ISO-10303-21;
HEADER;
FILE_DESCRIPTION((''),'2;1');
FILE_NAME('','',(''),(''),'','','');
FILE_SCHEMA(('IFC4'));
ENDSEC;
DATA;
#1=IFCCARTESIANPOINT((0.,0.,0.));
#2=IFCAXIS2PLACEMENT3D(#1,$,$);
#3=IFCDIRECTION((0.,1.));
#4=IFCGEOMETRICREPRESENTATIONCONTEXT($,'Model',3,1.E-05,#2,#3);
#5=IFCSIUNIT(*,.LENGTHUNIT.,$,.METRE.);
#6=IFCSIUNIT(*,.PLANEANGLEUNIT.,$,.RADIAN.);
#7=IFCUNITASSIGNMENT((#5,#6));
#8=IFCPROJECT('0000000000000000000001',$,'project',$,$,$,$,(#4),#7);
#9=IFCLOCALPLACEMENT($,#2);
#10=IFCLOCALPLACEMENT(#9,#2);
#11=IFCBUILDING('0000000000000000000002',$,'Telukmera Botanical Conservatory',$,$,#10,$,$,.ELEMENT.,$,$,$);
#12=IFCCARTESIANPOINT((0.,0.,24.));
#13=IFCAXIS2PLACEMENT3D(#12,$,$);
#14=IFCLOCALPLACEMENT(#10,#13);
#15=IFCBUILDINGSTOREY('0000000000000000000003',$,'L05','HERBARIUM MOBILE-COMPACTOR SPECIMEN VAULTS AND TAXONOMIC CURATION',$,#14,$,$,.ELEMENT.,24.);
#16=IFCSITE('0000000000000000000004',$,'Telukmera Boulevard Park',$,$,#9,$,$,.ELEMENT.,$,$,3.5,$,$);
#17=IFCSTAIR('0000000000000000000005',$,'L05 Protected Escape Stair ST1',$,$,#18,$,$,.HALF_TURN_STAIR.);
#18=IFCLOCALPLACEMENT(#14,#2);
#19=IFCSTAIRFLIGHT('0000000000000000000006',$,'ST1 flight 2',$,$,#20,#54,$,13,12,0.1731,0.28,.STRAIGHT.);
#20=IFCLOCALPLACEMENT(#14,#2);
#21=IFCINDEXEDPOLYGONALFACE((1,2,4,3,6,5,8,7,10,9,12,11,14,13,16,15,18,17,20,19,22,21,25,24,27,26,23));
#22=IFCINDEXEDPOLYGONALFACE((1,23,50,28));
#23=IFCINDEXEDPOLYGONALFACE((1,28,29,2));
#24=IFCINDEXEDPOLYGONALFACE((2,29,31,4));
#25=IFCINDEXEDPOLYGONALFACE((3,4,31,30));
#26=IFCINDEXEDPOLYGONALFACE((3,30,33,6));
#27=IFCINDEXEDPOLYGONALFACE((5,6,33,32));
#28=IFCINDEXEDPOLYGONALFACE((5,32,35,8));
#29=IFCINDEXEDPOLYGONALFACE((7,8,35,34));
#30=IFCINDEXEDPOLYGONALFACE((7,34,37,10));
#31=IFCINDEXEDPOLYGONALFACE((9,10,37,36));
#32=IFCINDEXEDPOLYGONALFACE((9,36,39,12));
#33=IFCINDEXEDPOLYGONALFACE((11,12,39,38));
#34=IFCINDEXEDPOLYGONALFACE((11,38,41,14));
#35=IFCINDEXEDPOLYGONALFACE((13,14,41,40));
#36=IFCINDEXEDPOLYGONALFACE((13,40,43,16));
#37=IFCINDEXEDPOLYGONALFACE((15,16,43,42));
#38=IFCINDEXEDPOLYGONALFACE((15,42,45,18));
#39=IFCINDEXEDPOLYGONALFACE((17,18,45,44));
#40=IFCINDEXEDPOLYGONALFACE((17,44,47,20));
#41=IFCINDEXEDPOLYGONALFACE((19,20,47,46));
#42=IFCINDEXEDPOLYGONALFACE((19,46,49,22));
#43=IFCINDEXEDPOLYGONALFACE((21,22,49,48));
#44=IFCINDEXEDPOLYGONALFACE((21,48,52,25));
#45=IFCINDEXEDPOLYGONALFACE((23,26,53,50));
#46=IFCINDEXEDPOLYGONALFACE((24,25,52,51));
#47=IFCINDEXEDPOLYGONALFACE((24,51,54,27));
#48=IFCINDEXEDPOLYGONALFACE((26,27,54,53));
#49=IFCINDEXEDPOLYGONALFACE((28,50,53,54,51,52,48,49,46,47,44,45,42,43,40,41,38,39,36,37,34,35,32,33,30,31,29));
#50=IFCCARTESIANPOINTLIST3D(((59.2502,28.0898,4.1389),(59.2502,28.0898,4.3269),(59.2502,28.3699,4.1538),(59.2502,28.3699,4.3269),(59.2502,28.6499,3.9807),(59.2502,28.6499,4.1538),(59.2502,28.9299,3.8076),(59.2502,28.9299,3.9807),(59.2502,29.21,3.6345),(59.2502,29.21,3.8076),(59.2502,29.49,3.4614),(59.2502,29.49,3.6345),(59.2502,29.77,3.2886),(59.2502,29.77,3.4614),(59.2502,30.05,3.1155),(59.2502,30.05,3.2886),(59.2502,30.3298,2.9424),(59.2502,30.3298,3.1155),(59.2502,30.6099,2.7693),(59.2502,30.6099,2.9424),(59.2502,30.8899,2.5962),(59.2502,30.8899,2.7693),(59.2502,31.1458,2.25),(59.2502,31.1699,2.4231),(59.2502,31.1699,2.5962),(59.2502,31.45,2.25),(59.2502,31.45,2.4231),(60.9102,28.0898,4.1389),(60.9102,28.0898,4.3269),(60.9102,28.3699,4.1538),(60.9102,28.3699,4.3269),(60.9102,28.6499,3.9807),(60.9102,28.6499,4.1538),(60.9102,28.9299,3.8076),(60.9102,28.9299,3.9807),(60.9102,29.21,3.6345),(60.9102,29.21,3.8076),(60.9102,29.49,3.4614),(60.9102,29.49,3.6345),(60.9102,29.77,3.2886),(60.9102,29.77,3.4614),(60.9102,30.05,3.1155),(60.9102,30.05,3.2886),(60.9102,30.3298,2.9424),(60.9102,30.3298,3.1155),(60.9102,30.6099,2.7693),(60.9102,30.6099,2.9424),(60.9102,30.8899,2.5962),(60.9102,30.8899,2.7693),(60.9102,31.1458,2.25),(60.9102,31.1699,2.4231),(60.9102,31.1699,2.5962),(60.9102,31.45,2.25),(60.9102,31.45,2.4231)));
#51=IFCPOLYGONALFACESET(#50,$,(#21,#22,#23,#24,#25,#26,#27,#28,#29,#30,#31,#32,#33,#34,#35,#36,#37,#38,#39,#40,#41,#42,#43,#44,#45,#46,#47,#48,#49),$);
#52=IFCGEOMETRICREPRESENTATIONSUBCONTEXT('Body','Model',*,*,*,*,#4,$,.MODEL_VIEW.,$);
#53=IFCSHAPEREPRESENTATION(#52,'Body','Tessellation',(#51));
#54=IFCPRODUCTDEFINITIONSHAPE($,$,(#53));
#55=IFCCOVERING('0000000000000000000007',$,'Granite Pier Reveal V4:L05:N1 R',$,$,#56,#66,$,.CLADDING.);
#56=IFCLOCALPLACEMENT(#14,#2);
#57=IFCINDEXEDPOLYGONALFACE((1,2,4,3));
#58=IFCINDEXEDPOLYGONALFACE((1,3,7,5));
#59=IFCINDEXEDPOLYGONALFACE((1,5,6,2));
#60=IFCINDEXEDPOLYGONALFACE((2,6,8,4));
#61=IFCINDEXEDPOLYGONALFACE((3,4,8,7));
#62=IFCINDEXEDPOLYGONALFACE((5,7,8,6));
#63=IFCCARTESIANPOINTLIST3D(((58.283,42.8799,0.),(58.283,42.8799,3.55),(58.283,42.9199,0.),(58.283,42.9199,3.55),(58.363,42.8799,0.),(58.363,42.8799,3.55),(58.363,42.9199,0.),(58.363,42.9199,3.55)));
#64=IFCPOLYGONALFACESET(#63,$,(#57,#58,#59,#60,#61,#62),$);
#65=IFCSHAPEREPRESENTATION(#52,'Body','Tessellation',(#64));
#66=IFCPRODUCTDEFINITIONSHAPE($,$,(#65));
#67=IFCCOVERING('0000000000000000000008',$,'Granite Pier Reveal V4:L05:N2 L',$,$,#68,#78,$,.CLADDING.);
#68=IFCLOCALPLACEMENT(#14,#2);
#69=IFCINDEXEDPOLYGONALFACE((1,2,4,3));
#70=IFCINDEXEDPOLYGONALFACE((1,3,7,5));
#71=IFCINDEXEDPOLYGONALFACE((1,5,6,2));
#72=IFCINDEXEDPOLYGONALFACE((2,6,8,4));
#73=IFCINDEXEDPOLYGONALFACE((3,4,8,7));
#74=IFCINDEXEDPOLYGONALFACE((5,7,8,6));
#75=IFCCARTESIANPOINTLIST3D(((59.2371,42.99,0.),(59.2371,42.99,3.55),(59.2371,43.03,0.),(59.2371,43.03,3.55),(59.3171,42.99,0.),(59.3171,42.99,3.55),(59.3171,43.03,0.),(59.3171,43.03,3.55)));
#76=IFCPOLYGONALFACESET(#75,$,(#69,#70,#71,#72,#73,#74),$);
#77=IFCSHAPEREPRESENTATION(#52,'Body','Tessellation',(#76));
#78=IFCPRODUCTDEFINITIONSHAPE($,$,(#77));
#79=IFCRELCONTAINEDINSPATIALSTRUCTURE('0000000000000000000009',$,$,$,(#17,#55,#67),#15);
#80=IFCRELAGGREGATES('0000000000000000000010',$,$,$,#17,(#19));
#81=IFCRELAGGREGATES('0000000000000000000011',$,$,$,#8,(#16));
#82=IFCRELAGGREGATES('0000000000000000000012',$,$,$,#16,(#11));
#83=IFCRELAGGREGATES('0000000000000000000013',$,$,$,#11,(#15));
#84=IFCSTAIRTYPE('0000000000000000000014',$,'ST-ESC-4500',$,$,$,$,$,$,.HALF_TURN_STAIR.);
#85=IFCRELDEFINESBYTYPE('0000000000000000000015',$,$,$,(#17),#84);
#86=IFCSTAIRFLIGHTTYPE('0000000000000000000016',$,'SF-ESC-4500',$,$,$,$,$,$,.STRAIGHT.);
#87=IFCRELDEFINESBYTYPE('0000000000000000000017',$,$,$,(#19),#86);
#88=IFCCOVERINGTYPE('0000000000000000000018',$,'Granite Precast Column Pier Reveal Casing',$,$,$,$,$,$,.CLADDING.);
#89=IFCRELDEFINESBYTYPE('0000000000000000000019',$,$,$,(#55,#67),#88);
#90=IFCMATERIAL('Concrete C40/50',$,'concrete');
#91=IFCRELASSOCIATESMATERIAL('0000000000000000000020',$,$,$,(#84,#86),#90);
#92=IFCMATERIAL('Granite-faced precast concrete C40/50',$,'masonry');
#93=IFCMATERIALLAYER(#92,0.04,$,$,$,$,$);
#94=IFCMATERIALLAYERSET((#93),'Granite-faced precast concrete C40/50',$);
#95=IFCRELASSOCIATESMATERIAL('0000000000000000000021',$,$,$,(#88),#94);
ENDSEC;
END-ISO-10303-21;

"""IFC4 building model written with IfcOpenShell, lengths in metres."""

from ifc_helpers import new_model, si_unit, direction, frame, origin, origin_2d, place, context, subcontext, project, spatial, polyline, rectangle, outline, extrude, material, layer, layer_set, type_object, element, aggregate, save


model = new_model("IFC4")

# Units and contexts
model_context = context("Model", 3, precision=1e-05, world=origin(), true_north=direction((0.0, 1.0)))
body_context = subcontext(model_context, "Body", "Model", "MODEL_VIEW")
ifc_project = project(units=[si_unit("LENGTHUNIT", "METRE"), si_unit("PLANEANGLEUNIT", "RADIAN")], contexts=[model_context])

# Site, building, storey
site_placement = place(None, origin())
site = spatial("IfcSite", under=ifc_project, at=site_placement, Name="Telukmera Boulevard Park", CompositionType="ELEMENT", RefElevation=3.5)
building_placement = place(site_placement, origin())
building = spatial("IfcBuilding", under=site, at=building_placement, Name="Telukmera Botanical Conservatory", CompositionType="ELEMENT")
storey_placement = place(building_placement, frame((0.0, 0.0, 24.0)))
storey = spatial("IfcBuildingStorey", under=building, at=storey_placement, Name="L05", Description="HERBARIUM MOBILE-COMPACTOR SPECIMEN VAULTS AND TAXONOMIC CURATION", CompositionType="ELEMENT", Elevation=24.0)

# Shared definitions
ifc_material_1 = material(Name="Concrete C40/50", Category="concrete")

# Stair, stair flight
stair_type = type_object("IfcStairType", Name="ST-ESC-4500", PredefinedType="HALF_TURN_STAIR", material=ifc_material_1)
stair_placement = place(storey_placement, origin())
stair = element("IfcStair", 1, at=stair_placement, inside=storey, type_object=stair_type, Name="L05 Protected Escape Stair ST1", PredefinedType="HALF_TURN_STAIR")
stair_flight_type = type_object("IfcStairFlightType", Name="SF-ESC-4500", PredefinedType="STRAIGHT", material=ifc_material_1)
stair_flight_1_placement = place(storey_placement, frame((60.0801, 31.45, 2.25), z_axis=(0.0, 0.0, 1.0), x_axis=(0.0, -1.0, 0.0)))
stair_flight_1 = element("IfcStairFlight", 2, at=stair_flight_1_placement, type_object=stair_flight_type, Name="ST1 flight 2", NumberOfRisers=13, NumberOfTreads=12, PredefinedType="STRAIGHT", RiserHeight=0.1731, TreadLength=0.28, context=body_context, shape_type="SweptSolid", body=[
    extrude(outline(polyline([(0.0, 0.0), (0.0, 0.1731), (0.28, 0.1731), (0.28, 0.3462), (0.5601, 0.3462), (0.5601, 0.5193), (0.8401, 0.5193), (0.8401, 0.6924), (1.1201, 0.6924), (1.1201, 0.8655), (1.3999, 0.8655), (1.3999, 1.0386), (1.6799, 1.0386), (1.6799, 1.2114), (1.96, 1.2114), (1.96, 1.3845), (2.24, 1.3845), (2.24, 1.5576), (2.52, 1.5576), (2.52, 1.7307), (2.8, 1.7307), (2.8, 1.9038), (3.0801, 1.9038), (3.0801, 2.0769), (3.3601, 2.0769), (3.3601, 2.25), (3.3601, 1.8889), (0.3042, 0.0), (0.0, 0.0)])), frame((0.0, 0.8301, 0.0), z_axis=(0.0, -1.0, 0.0), x_axis=(1.0, 0.0, 0.0)), (0.0, 0.0, 1.0), 1.6599),
])
aggregate(stair, [stair_flight_1])

# Coverings
ifc_material_2 = material(Name="Granite-faced precast concrete C40/50", Category="masonry")
ifc_layer_1 = layer(ifc_material_2, 0.04)
ifc_layer_set_1 = layer_set([ifc_layer_1], Name="Granite-faced precast concrete C40/50")
covering_type = type_object("IfcCoveringType", Name="Granite Precast Column Pier Reveal Casing", PredefinedType="CLADDING", material=ifc_layer_set_1)
for number, where, z_axis, x_axis, name in (
    (3, (58.323, 42.8999, 0.0), (0.0, 0.0, 1.0), (1.0, 0.0, 0.0), "Granite Pier Reveal V4:L05:N1 R"),
    (4, (59.2771, 43.01, 0.0), (0.0, 0.0, 1.0), (1.0, 0.0, 0.0), "Granite Pier Reveal V4:L05:N2 L"),
):
    element("IfcCovering", number, at=place(storey_placement, frame(where, z_axis=z_axis, x_axis=x_axis)), inside=storey, type_object=covering_type, Name=name, PredefinedType="CLADDING", context=body_context, shape_type="SweptSolid", body=[
        extrude(rectangle(XDim=0.0801, YDim=0.04, at=origin_2d()), origin(), (0.0, 0.0, 1.0), 3.55),
    ])

save(model, "model.ifc")
